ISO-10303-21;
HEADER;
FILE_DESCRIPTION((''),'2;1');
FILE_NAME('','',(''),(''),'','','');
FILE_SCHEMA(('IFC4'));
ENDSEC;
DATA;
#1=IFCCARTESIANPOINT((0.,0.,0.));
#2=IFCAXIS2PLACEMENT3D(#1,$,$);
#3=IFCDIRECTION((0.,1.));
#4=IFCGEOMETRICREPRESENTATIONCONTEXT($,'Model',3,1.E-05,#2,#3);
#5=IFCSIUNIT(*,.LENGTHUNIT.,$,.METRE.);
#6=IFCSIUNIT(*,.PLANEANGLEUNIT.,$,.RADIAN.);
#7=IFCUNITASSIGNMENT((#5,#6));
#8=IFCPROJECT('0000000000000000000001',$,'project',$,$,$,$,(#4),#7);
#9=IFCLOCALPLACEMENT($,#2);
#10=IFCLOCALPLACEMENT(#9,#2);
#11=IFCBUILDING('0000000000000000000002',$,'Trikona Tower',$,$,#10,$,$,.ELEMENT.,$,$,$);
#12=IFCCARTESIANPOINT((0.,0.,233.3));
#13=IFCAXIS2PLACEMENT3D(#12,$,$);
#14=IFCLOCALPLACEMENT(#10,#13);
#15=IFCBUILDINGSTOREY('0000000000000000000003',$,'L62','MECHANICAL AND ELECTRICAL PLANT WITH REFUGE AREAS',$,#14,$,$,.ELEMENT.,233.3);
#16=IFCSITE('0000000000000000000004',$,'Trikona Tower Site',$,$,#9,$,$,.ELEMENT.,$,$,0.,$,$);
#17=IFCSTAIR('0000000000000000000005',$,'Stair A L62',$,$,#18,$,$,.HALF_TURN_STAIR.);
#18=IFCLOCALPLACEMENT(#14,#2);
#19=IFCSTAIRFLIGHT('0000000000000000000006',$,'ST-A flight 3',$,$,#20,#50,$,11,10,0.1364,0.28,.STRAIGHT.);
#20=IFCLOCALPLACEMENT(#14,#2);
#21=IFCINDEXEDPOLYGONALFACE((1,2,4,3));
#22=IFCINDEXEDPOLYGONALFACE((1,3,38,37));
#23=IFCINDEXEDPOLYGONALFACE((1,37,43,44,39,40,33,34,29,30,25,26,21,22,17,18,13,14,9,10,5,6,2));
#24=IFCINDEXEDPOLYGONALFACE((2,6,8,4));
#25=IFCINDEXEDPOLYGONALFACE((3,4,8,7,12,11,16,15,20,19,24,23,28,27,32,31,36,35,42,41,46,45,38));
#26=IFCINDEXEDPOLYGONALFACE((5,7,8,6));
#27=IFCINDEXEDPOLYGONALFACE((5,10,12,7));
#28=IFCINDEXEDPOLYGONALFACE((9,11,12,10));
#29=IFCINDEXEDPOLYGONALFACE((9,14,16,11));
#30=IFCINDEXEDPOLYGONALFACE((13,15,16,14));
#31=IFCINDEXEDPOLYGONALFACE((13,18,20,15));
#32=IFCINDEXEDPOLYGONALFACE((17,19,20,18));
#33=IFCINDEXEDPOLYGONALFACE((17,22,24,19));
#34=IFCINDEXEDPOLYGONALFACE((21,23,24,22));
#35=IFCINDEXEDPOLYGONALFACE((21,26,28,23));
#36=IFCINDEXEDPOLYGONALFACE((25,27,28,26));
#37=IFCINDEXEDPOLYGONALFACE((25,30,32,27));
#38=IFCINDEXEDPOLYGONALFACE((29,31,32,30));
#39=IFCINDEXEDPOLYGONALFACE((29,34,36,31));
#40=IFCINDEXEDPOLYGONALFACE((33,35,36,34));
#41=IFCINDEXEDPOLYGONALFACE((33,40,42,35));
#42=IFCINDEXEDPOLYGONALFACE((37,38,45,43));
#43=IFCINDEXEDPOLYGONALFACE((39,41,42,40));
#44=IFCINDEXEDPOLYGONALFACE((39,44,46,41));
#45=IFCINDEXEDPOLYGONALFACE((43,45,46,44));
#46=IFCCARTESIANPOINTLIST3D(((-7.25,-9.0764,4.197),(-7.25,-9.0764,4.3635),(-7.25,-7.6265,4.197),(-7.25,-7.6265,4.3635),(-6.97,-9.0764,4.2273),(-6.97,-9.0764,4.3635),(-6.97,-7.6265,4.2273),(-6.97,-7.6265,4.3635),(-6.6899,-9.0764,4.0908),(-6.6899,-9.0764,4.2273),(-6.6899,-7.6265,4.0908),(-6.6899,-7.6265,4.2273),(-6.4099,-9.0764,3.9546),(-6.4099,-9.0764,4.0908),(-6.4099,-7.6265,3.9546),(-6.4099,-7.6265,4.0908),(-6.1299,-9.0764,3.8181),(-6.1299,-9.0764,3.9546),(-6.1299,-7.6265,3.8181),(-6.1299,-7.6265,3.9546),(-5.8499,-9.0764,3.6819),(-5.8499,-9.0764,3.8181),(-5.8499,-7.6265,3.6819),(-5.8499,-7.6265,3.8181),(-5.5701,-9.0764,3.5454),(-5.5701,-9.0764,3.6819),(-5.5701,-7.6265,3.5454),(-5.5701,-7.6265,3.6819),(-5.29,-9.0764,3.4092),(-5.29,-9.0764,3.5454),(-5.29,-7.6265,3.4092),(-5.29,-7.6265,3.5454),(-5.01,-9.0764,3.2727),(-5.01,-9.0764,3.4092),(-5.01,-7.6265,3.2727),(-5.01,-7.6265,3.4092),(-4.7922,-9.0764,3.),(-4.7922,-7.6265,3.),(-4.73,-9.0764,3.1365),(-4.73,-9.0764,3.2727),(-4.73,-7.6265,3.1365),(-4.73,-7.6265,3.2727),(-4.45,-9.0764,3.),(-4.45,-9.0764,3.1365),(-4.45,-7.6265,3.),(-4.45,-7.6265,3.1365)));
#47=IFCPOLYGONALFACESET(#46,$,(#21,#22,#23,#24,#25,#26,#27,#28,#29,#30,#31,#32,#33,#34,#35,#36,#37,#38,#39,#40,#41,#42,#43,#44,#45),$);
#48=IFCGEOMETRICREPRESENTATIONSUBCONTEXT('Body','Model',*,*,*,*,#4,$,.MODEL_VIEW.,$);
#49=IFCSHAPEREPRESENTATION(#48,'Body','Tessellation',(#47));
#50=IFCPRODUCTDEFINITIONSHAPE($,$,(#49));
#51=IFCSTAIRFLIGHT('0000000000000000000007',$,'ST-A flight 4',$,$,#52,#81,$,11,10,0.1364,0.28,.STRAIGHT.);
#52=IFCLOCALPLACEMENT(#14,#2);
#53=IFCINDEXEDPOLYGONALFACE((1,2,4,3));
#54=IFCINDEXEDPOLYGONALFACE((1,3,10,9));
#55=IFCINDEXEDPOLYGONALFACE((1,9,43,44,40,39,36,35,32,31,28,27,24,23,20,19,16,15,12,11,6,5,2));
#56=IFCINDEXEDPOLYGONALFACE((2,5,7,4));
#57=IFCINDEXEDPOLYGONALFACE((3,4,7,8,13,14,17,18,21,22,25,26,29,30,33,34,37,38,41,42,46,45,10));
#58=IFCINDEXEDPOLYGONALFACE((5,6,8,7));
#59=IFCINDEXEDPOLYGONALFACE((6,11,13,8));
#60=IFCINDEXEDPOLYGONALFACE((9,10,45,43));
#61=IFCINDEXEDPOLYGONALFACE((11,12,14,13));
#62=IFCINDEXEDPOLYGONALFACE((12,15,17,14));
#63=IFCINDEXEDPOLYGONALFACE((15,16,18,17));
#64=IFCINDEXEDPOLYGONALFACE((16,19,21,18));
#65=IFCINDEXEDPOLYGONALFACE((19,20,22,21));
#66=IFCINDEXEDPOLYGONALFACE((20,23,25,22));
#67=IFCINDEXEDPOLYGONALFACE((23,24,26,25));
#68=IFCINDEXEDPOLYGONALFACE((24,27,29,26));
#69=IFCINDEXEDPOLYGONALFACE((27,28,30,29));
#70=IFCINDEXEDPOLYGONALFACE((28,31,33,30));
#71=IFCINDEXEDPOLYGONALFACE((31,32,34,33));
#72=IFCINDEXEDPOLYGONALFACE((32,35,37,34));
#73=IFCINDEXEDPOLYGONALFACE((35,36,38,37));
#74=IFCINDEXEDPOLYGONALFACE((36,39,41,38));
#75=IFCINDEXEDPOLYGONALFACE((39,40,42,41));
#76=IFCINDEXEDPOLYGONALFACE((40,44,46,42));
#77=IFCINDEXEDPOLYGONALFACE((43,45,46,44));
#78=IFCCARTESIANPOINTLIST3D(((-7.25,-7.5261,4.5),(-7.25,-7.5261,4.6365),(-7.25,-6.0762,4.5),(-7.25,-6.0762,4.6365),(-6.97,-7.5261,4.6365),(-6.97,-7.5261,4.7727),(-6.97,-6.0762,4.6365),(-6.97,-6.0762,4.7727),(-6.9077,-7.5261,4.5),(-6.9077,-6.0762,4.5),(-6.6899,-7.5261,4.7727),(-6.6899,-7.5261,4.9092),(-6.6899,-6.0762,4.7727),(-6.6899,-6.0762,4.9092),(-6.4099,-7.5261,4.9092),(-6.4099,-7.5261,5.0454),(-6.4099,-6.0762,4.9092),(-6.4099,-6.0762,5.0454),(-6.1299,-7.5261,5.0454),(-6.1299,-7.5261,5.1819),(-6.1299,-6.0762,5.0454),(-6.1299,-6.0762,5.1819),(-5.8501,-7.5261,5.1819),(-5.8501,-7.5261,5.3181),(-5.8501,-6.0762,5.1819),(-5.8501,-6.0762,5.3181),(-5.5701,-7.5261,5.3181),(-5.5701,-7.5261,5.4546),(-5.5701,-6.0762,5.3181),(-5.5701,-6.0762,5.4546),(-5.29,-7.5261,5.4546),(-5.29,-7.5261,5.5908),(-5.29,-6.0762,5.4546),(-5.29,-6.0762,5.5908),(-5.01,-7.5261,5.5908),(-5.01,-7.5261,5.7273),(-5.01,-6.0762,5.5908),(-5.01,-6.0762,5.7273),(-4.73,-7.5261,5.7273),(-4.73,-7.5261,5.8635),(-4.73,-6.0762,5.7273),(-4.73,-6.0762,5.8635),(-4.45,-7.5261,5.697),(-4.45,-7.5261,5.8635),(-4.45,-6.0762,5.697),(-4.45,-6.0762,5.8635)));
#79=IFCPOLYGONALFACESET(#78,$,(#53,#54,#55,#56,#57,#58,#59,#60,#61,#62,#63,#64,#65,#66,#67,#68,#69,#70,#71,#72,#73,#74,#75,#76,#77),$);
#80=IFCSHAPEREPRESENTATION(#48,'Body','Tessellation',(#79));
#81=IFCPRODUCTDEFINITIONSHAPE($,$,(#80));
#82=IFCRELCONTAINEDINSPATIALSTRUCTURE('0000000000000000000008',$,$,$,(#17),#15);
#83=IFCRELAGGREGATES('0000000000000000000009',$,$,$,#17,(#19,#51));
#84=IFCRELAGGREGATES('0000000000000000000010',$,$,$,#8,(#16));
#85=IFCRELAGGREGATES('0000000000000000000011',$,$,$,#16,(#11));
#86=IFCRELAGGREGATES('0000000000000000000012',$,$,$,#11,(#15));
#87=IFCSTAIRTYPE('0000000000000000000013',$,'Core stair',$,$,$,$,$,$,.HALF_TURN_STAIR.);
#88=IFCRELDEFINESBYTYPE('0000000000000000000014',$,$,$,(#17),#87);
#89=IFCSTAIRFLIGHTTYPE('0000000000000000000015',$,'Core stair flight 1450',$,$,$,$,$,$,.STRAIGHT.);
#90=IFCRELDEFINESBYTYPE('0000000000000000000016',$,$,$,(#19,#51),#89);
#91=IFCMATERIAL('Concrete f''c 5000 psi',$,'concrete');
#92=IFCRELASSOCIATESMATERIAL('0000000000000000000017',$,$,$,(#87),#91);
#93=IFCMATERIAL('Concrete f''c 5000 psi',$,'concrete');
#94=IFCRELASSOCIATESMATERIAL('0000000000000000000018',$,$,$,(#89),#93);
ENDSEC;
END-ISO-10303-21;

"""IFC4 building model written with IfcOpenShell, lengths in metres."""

from ifc_helpers import new_model, si_unit, direction, frame, origin, place, context, subcontext, project, spatial, polyline, outline, extrude, material, type_object, element, aggregate, save


model = new_model("IFC4")

# Units and contexts
model_context = context("Model", 3, precision=1e-05, world=origin(), true_north=direction((0.0, 1.0)))
body_context = subcontext(model_context, "Body", "Model", "MODEL_VIEW")
ifc_project = project(units=[si_unit("LENGTHUNIT", "METRE"), si_unit("PLANEANGLEUNIT", "RADIAN")], contexts=[model_context])

# Site, building, storey
site_placement = place(None, origin())
site = spatial("IfcSite", under=ifc_project, at=site_placement, Name="Trikona Tower Site", CompositionType="ELEMENT", RefElevation=0.0)
building_placement = place(site_placement, origin())
building = spatial("IfcBuilding", under=site, at=building_placement, Name="Trikona Tower", CompositionType="ELEMENT")
storey_placement = place(building_placement, frame((0.0, 0.0, 233.3)))
storey = spatial("IfcBuildingStorey", under=building, at=storey_placement, Name="L62", Description="MECHANICAL AND ELECTRICAL PLANT WITH REFUGE AREAS", CompositionType="ELEMENT", Elevation=233.3)

# Stair, stair flights
ifc_material_1 = material(Name="Concrete f'c 5000 psi", Category="concrete")
stair_type = type_object("IfcStairType", Name="Core stair", PredefinedType="HALF_TURN_STAIR", material=ifc_material_1)
stair_placement = place(storey_placement, origin())
stair = element("IfcStair", 1, at=stair_placement, inside=storey, type_object=stair_type, Name="Stair A L62", PredefinedType="HALF_TURN_STAIR")
ifc_material_2 = material(Name="Concrete f'c 5000 psi", Category="concrete")
stair_flight_type = type_object("IfcStairFlightType", Name="Core stair flight 1450", PredefinedType="STRAIGHT", material=ifc_material_2)
stair_flight_1_placement = place(storey_placement, frame((-4.45, -8.3513, 3.0), z_axis=(0.0, 0.0, 1.0), x_axis=(-1.0, 0.0, 0.0)))
stair_flight_1 = element("IfcStairFlight", 2, at=stair_flight_1_placement, type_object=stair_flight_type, Name="ST-A flight 3", NumberOfRisers=11, NumberOfTreads=10, PredefinedType="STRAIGHT", RiserHeight=0.1364, TreadLength=0.28, context=body_context, shape_type="SweptSolid", body=[
    extrude(outline(polyline([(0.0, 0.0), (0.0, 0.1365), (0.28, 0.1365), (0.28, 0.2727), (0.5601, 0.2727), (0.5601, 0.4092), (0.8401, 0.4092), (0.8401, 0.5454), (1.1201, 0.5454), (1.1201, 0.6819), (1.3999, 0.6819), (1.3999, 0.8181), (1.6799, 0.8181), (1.6799, 0.9546), (1.96, 0.9546), (1.96, 1.0908), (2.24, 1.0908), (2.24, 1.2273), (2.52, 1.2273), (2.52, 1.3635), (2.8, 1.3635), (2.8, 1.5), (2.8, 1.197), (0.3423, 0.0), (0.0, 0.0)])), frame((0.0, 0.7251, 0.0), z_axis=(0.0, -1.0, 0.0), x_axis=(1.0, 0.0, 0.0)), (0.0, 0.0, 1.0), 1.45),
])
stair_flight_2_placement = place(storey_placement, frame((-7.25, -6.8013, 4.5), z_axis=(0.0, 0.0, 1.0), x_axis=(1.0, 0.0, 0.0)))
stair_flight_2 = element("IfcStairFlight", 3, at=stair_flight_2_placement, type_object=stair_flight_type, Name="ST-A flight 4", NumberOfRisers=11, NumberOfTreads=10, PredefinedType="STRAIGHT", RiserHeight=0.1364, TreadLength=0.28, context=body_context, shape_type="SweptSolid", body=[
    extrude(outline(polyline([(0.0, 0.0), (0.0, 0.1365), (0.28, 0.1365), (0.28, 0.2727), (0.5601, 0.2727), (0.5601, 0.4092), (0.8401, 0.4092), (0.8401, 0.5454), (1.1201, 0.5454), (1.1201, 0.6819), (1.3999, 0.6819), (1.3999, 0.8181), (1.6799, 0.8181), (1.6799, 0.9546), (1.96, 0.9546), (1.96, 1.0908), (2.24, 1.0908), (2.24, 1.2273), (2.52, 1.2273), (2.52, 1.3635), (2.8, 1.3635), (2.8, 1.5), (2.8, 1.197), (0.3423, 0.0), (0.0, 0.0)])), frame((0.0, 0.7251, 0.0), z_axis=(0.0, -1.0, 0.0), x_axis=(1.0, 0.0, 0.0)), (0.0, 0.0, 1.0), 1.45),
])
aggregate(stair, [stair_flight_1, stair_flight_2])

save(model, "model.ifc")
